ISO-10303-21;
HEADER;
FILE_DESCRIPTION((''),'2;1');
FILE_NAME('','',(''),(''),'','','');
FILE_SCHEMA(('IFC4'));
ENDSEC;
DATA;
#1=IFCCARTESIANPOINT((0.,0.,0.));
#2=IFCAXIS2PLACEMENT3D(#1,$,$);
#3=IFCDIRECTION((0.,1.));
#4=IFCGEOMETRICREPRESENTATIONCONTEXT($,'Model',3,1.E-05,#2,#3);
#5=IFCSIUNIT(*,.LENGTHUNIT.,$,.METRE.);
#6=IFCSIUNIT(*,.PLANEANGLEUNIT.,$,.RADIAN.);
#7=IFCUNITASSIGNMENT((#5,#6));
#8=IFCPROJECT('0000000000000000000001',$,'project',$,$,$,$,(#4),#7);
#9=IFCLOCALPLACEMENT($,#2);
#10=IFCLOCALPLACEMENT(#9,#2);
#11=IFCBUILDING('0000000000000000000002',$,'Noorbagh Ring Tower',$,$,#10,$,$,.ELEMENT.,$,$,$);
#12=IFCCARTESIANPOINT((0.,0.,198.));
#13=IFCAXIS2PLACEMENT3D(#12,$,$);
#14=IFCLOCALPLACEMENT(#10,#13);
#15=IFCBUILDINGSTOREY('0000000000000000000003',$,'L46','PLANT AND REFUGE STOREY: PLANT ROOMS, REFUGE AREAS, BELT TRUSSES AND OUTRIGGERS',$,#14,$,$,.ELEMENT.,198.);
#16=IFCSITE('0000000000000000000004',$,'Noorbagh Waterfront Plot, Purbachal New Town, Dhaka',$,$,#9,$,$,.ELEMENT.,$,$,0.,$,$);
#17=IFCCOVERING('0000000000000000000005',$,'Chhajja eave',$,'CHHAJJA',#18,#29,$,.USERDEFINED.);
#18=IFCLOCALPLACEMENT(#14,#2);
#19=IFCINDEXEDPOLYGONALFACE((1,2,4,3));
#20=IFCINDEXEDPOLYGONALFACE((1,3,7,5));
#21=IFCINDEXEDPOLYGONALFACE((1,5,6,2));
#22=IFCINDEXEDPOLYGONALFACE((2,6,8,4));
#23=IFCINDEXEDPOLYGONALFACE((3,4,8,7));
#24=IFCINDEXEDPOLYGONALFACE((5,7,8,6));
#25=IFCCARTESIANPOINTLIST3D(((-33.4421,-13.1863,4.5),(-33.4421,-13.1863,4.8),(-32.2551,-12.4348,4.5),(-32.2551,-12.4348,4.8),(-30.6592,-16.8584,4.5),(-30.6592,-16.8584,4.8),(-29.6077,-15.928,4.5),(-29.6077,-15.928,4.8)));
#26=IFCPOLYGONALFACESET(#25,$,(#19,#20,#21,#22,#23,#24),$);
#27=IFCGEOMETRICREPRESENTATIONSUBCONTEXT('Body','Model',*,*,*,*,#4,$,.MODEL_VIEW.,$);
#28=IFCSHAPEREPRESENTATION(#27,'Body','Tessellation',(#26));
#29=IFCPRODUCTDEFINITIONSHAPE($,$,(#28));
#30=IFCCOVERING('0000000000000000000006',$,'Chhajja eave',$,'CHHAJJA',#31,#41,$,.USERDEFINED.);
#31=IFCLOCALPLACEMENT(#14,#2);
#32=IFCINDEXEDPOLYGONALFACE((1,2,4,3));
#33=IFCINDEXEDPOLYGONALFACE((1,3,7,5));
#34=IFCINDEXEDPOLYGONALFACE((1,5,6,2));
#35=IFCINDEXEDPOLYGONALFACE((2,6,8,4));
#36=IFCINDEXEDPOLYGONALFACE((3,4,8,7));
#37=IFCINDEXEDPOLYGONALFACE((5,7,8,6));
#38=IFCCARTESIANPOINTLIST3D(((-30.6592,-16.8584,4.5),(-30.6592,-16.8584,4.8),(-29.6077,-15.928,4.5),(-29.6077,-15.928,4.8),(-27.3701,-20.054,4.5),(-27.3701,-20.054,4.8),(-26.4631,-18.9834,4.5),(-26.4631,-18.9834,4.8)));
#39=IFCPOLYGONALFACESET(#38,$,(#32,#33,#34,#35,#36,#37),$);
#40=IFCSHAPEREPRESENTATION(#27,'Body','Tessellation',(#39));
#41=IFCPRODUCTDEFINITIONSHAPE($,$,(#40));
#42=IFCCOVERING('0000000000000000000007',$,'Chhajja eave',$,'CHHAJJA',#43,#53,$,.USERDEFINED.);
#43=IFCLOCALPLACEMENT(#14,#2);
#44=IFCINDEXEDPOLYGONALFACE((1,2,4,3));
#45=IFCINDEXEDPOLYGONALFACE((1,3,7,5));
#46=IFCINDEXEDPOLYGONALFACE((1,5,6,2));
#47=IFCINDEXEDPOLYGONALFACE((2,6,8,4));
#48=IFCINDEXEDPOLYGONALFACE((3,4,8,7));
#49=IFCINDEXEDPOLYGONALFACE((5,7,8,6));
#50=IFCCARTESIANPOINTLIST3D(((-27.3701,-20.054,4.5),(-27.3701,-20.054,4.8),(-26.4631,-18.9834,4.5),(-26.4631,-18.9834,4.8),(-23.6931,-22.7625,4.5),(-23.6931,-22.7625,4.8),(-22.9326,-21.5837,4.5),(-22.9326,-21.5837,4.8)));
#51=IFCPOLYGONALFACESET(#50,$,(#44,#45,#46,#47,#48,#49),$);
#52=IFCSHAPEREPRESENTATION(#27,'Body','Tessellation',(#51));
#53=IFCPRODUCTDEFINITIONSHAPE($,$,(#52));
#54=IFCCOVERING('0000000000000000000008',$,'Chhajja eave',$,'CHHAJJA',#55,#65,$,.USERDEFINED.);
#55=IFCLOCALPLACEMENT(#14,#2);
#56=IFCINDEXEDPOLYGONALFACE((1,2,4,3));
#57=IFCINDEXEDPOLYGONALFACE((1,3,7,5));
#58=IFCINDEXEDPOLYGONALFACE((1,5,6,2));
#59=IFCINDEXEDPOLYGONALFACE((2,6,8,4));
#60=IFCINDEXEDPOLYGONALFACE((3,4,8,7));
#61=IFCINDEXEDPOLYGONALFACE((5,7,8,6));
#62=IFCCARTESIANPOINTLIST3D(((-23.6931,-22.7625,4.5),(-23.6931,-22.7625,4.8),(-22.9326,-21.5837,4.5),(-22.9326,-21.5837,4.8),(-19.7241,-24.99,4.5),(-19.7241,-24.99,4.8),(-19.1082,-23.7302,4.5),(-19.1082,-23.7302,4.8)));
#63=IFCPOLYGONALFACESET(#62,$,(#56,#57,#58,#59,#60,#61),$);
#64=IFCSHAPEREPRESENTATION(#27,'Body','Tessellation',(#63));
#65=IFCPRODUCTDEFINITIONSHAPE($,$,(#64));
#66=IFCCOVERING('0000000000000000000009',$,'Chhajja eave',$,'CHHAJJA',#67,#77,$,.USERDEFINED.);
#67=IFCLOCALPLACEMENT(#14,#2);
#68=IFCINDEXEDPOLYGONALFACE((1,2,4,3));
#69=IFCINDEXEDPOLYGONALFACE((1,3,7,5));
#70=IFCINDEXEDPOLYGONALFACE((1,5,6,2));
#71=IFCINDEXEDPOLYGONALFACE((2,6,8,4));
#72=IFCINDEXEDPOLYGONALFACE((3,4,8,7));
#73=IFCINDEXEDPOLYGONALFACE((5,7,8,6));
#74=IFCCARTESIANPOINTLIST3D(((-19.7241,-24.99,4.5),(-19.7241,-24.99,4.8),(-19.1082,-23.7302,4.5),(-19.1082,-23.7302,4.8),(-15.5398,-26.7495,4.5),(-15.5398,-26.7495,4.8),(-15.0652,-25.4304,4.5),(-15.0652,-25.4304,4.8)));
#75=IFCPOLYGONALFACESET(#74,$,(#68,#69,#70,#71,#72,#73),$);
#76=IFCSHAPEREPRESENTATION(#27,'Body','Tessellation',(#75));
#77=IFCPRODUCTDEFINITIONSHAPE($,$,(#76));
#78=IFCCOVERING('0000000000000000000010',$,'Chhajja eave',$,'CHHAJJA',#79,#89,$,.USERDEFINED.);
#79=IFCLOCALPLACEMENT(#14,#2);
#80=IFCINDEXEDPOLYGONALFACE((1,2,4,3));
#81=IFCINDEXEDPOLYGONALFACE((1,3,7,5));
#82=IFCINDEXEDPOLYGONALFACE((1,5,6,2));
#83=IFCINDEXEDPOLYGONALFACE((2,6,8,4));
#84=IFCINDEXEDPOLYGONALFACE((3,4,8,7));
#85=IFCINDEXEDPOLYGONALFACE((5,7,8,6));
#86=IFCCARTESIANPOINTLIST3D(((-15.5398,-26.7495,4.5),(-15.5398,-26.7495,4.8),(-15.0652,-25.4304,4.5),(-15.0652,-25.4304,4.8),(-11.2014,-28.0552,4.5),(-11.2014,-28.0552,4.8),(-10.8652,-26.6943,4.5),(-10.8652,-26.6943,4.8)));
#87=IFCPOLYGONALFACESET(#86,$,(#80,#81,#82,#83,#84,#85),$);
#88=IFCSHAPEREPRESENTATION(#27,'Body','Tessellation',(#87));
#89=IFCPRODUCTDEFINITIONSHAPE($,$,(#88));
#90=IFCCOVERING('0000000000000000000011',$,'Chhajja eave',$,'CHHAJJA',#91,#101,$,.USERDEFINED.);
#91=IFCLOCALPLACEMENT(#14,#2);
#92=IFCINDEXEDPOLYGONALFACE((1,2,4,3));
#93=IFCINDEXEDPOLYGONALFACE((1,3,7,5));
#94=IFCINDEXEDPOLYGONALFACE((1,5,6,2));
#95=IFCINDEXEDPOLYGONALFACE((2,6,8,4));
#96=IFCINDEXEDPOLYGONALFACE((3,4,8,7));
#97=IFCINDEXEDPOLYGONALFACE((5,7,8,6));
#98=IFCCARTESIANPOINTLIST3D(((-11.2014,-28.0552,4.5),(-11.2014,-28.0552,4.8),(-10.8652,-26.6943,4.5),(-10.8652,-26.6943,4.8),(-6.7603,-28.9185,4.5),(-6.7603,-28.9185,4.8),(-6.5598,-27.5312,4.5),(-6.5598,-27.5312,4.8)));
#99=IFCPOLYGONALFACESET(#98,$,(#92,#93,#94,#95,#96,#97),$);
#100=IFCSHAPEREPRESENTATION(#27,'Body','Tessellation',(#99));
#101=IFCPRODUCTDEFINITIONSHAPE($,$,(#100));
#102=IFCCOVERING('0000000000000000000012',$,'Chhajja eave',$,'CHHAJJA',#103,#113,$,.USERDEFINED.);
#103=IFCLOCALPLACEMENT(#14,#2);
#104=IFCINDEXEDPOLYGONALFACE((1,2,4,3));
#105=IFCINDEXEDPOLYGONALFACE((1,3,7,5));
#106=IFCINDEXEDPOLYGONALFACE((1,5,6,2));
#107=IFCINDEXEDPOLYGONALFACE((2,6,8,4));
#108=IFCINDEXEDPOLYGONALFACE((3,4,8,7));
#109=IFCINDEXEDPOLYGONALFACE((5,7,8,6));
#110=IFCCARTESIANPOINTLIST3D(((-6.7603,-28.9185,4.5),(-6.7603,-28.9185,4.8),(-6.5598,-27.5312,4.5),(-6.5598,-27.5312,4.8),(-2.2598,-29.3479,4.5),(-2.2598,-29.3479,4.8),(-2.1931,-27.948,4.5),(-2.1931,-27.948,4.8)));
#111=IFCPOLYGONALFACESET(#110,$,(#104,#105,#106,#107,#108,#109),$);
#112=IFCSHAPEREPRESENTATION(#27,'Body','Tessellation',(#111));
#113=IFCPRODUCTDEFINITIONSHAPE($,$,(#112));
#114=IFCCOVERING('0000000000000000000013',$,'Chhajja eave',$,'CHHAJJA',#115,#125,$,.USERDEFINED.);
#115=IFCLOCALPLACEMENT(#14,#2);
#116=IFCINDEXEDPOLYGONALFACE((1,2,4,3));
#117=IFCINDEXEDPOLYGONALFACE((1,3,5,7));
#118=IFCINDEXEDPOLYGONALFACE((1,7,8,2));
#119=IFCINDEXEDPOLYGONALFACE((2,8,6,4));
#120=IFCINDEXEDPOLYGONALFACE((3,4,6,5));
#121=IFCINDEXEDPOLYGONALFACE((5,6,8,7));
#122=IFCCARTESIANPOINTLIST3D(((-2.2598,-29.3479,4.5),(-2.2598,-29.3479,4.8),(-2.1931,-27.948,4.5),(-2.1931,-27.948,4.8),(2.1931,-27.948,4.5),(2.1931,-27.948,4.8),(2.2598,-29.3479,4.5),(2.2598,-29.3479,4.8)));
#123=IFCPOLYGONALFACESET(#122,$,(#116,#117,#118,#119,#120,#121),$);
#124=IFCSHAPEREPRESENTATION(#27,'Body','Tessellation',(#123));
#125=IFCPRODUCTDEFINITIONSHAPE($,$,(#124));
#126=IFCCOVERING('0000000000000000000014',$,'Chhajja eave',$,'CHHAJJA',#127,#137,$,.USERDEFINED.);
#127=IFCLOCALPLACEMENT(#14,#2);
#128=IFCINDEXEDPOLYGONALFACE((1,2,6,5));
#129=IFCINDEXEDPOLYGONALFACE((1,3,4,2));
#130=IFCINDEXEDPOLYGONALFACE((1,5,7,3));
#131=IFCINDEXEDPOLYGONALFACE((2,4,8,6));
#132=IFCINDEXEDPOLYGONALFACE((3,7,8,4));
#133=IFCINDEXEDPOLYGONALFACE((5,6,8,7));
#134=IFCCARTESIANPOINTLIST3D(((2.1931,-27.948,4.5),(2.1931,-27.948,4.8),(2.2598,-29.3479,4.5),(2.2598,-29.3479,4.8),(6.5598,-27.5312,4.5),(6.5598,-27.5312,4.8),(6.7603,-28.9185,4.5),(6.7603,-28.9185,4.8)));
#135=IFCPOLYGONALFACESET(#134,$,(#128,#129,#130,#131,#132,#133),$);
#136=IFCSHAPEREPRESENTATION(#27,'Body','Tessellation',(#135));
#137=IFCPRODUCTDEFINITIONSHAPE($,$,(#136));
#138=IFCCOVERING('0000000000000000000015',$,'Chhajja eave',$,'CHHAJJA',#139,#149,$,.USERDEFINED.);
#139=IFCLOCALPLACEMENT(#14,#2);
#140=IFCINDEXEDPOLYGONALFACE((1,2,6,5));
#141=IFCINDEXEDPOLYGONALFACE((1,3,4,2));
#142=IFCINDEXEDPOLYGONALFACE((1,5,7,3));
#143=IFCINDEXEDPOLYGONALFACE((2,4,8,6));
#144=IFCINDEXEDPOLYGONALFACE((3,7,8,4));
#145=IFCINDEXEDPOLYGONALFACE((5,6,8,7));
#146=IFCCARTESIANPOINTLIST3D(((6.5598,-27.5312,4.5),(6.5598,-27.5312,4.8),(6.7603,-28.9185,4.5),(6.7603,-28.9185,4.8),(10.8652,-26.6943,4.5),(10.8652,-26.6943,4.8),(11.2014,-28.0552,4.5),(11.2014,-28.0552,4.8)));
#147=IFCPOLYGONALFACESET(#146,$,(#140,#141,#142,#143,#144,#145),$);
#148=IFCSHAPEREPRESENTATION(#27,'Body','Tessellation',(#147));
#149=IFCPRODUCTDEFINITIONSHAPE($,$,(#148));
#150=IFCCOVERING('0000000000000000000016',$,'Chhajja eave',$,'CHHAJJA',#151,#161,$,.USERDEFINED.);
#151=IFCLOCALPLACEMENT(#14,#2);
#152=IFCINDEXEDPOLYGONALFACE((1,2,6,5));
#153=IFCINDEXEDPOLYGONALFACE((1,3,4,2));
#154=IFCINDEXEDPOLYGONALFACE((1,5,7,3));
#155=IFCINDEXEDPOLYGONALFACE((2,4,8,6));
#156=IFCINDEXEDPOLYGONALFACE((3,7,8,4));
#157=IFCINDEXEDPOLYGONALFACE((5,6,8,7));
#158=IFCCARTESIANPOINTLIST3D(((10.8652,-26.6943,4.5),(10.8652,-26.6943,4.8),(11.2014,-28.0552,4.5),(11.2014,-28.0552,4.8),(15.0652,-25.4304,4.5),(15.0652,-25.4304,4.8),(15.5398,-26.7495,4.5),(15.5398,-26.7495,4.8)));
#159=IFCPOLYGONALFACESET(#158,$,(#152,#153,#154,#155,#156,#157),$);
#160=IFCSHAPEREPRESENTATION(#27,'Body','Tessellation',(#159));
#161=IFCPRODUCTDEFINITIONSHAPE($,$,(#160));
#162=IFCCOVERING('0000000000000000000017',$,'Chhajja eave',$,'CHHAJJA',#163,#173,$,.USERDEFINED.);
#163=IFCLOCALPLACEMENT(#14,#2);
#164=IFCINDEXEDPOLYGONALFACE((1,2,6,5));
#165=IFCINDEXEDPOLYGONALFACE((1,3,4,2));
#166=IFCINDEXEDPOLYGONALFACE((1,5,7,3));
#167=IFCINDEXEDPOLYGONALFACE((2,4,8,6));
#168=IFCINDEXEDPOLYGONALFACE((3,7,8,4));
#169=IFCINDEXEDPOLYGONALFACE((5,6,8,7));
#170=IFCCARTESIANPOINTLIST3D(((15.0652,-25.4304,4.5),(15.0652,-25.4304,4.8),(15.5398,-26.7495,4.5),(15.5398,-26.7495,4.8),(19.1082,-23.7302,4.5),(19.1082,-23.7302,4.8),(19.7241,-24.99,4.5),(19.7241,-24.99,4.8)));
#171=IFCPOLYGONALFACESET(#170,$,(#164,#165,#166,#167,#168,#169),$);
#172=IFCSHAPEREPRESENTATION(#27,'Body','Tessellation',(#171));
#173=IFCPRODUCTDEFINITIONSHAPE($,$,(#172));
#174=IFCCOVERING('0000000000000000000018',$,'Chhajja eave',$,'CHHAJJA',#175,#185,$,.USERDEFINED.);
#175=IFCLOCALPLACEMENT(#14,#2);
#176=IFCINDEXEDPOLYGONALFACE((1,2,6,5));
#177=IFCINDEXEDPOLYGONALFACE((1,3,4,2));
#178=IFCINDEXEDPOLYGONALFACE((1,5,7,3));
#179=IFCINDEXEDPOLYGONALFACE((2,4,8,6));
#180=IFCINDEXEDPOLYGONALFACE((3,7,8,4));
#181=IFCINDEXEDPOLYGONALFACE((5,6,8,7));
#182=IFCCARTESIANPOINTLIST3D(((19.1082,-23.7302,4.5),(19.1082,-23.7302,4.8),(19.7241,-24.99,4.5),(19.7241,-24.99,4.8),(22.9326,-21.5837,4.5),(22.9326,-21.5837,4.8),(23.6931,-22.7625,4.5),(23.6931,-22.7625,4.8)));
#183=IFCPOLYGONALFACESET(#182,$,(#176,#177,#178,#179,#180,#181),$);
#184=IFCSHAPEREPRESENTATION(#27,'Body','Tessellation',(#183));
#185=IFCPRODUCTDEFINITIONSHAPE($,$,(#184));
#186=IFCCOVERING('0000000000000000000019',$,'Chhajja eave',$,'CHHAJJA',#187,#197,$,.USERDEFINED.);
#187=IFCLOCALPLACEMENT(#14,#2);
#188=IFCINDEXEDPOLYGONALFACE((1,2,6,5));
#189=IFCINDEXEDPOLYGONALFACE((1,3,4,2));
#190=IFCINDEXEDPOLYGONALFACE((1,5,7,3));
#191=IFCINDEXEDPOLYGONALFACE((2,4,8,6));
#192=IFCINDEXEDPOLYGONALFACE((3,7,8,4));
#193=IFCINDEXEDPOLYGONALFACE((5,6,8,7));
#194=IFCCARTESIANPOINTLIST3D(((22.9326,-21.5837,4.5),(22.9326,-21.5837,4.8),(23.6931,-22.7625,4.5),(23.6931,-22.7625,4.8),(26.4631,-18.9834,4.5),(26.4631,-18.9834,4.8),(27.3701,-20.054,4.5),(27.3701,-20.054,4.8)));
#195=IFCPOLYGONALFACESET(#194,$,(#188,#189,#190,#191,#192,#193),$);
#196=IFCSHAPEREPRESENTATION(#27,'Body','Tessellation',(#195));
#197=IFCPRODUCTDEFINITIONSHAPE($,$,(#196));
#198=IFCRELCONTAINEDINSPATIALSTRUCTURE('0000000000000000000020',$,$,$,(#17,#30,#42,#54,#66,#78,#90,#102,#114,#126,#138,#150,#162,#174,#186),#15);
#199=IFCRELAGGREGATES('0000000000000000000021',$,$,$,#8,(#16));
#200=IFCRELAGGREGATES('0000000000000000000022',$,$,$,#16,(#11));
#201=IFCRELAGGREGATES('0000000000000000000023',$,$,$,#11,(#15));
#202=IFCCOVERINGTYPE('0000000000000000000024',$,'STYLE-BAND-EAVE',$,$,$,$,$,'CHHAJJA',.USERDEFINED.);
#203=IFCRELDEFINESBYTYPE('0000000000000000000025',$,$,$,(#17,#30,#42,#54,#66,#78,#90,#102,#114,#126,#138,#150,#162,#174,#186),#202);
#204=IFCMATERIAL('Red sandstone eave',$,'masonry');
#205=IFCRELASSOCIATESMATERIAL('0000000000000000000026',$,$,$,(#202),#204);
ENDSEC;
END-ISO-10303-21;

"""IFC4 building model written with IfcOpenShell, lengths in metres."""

from ifc_helpers import new_model, si_unit, direction, frame, origin, place, context, subcontext, project, spatial, polyline, outline, extrude, material, type_object, element, save


model = new_model("IFC4")

# Units and contexts
model_context = context("Model", 3, precision=1e-05, world=origin(), true_north=direction((0.0, 1.0)))
body_context = subcontext(model_context, "Body", "Model", "MODEL_VIEW")
ifc_project = project(units=[si_unit("LENGTHUNIT", "METRE"), si_unit("PLANEANGLEUNIT", "RADIAN")], contexts=[model_context])

# Site, building, storey
site_placement = place(None, origin())
site = spatial("IfcSite", under=ifc_project, at=site_placement, Name="Noorbagh Waterfront Plot, Purbachal New Town, Dhaka", CompositionType="ELEMENT", RefElevation=0.0)
building_placement = place(site_placement, origin())
building = spatial("IfcBuilding", under=site, at=building_placement, Name="Noorbagh Ring Tower", CompositionType="ELEMENT")
storey_placement = place(building_placement, frame((0.0, 0.0, 198.0)))
storey = spatial("IfcBuildingStorey", under=building, at=storey_placement, Name="L46", Description="PLANT AND REFUGE STOREY: PLANT ROOMS, REFUGE AREAS, BELT TRUSSES AND OUTRIGGERS", CompositionType="ELEMENT", Elevation=198.0)

# Coverings
ifc_material_1 = material(Name="Red sandstone eave", Category="masonry")
covering_type_1 = type_object("IfcCoveringType", Name="STYLE-BAND-EAVE", ElementType="CHHAJJA", PredefinedType="USERDEFINED", material=ifc_material_1)
covering_1_placement = place(storey_placement, frame((0.0, 0.0, 4.5)))
element("IfcCovering", 1, at=covering_1_placement, inside=storey, type_object=covering_type_1, Name="Chhajja eave", ObjectType="CHHAJJA", PredefinedType="USERDEFINED", context=body_context, shape_type="SweptSolid", body=[
    extrude(outline(polyline([(-32.2551, -12.4348), (-29.6077, -15.928), (-30.6592, -16.8584), (-33.4421, -13.1863), (-32.2551, -12.4348)])), origin(), (0.0, 0.0, 1.0), 0.3),
])
covering_2_placement = place(storey_placement, frame((0.0, 0.0, 4.5)))
element("IfcCovering", 2, at=covering_2_placement, inside=storey, type_object=covering_type_1, Name="Chhajja eave", ObjectType="CHHAJJA", PredefinedType="USERDEFINED", context=body_context, shape_type="SweptSolid", body=[
    extrude(outline(polyline([(-29.6077, -15.928), (-26.4631, -18.9834), (-27.3701, -20.054), (-30.6592, -16.8584), (-29.6077, -15.928)])), origin(), (0.0, 0.0, 1.0), 0.3),
])
covering_3_placement = place(storey_placement, frame((0.0, 0.0, 4.5)))
element("IfcCovering", 3, at=covering_3_placement, inside=storey, type_object=covering_type_1, Name="Chhajja eave", ObjectType="CHHAJJA", PredefinedType="USERDEFINED", context=body_context, shape_type="SweptSolid", body=[
    extrude(outline(polyline([(-26.4631, -18.9834), (-22.9326, -21.5837), (-23.6931, -22.7625), (-27.3701, -20.054), (-26.4631, -18.9834)])), origin(), (0.0, 0.0, 1.0), 0.3),
])
covering_4_placement = place(storey_placement, frame((0.0, 0.0, 4.5)))
element("IfcCovering", 4, at=covering_4_placement, inside=storey, type_object=covering_type_1, Name="Chhajja eave", ObjectType="CHHAJJA", PredefinedType="USERDEFINED", context=body_context, shape_type="SweptSolid", body=[
    extrude(outline(polyline([(-22.9326, -21.5837), (-19.1082, -23.7302), (-19.7241, -24.99), (-23.6931, -22.7625), (-22.9326, -21.5837)])), origin(), (0.0, 0.0, 1.0), 0.3),
])
covering_5_placement = place(storey_placement, frame((0.0, 0.0, 4.5)))
element("IfcCovering", 5, at=covering_5_placement, inside=storey, type_object=covering_type_1, Name="Chhajja eave", ObjectType="CHHAJJA", PredefinedType="USERDEFINED", context=body_context, shape_type="SweptSolid", body=[
    extrude(outline(polyline([(-19.1082, -23.7302), (-15.0652, -25.4304), (-15.5398, -26.7495), (-19.7241, -24.99), (-19.1082, -23.7302)])), origin(), (0.0, 0.0, 1.0), 0.3),
])
covering_6_placement = place(storey_placement, frame((0.0, 0.0, 4.5)))
element("IfcCovering", 6, at=covering_6_placement, inside=storey, type_object=covering_type_1, Name="Chhajja eave", ObjectType="CHHAJJA", PredefinedType="USERDEFINED", context=body_context, shape_type="SweptSolid", body=[
    extrude(outline(polyline([(-15.0652, -25.4304), (-10.8652, -26.6943), (-11.2014, -28.0552), (-15.5398, -26.7495), (-15.0652, -25.4304)])), origin(), (0.0, 0.0, 1.0), 0.3),
])
covering_7_placement = place(storey_placement, frame((0.0, 0.0, 4.5)))
element("IfcCovering", 7, at=covering_7_placement, inside=storey, type_object=covering_type_1, Name="Chhajja eave", ObjectType="CHHAJJA", PredefinedType="USERDEFINED", context=body_context, shape_type="SweptSolid", body=[
    extrude(outline(polyline([(-10.8652, -26.6943), (-6.5598, -27.5312), (-6.7603, -28.9185), (-11.2014, -28.0552), (-10.8652, -26.6943)])), origin(), (0.0, 0.0, 1.0), 0.3),
])
covering_8_placement = place(storey_placement, frame((0.0, 0.0, 4.5)))
element("IfcCovering", 8, at=covering_8_placement, inside=storey, type_object=covering_type_1, Name="Chhajja eave", ObjectType="CHHAJJA", PredefinedType="USERDEFINED", context=body_context, shape_type="SweptSolid", body=[
    extrude(outline(polyline([(-6.5598, -27.5312), (-2.1931, -27.948), (-2.2598, -29.3479), (-6.7603, -28.9185), (-6.5598, -27.5312)])), origin(), (0.0, 0.0, 1.0), 0.3),
])
covering_9_placement = place(storey_placement, frame((0.0, 0.0, 4.5)))
element("IfcCovering", 9, at=covering_9_placement, inside=storey, type_object=covering_type_1, Name="Chhajja eave", ObjectType="CHHAJJA", PredefinedType="USERDEFINED", context=body_context, shape_type="SweptSolid", body=[
    extrude(outline(polyline([(-2.1931, -27.948), (2.1931, -27.948), (2.2598, -29.3479), (-2.2598, -29.3479), (-2.1931, -27.948)])), origin(), (0.0, 0.0, 1.0), 0.3),
])
covering_10_placement = place(storey_placement, frame((0.0, 0.0, 4.5)))
element("IfcCovering", 10, at=covering_10_placement, inside=storey, type_object=covering_type_1, Name="Chhajja eave", ObjectType="CHHAJJA", PredefinedType="USERDEFINED", context=body_context, shape_type="SweptSolid", body=[
    extrude(outline(polyline([(2.1931, -27.948), (6.5598, -27.5312), (6.7603, -28.9185), (2.2598, -29.3479), (2.1931, -27.948)])), origin(), (0.0, 0.0, 1.0), 0.3),
])
covering_11_placement = place(storey_placement, frame((0.0, 0.0, 4.5)))
element("IfcCovering", 11, at=covering_11_placement, inside=storey, type_object=covering_type_1, Name="Chhajja eave", ObjectType="CHHAJJA", PredefinedType="USERDEFINED", context=body_context, shape_type="SweptSolid", body=[
    extrude(outline(polyline([(6.5598, -27.5312), (10.8652, -26.6943), (11.2014, -28.0552), (6.7603, -28.9185), (6.5598, -27.5312)])), origin(), (0.0, 0.0, 1.0), 0.3),
])
covering_12_placement = place(storey_placement, frame((0.0, 0.0, 4.5)))
element("IfcCovering", 12, at=covering_12_placement, inside=storey, type_object=covering_type_1, Name="Chhajja eave", ObjectType="CHHAJJA", PredefinedType="USERDEFINED", context=body_context, shape_type="SweptSolid", body=[
    extrude(outline(polyline([(10.8652, -26.6943), (15.0652, -25.4304), (15.5398, -26.7495), (11.2014, -28.0552), (10.8652, -26.6943)])), origin(), (0.0, 0.0, 1.0), 0.3),
])
covering_13_placement = place(storey_placement, frame((0.0, 0.0, 4.5)))
element("IfcCovering", 13, at=covering_13_placement, inside=storey, type_object=covering_type_1, Name="Chhajja eave", ObjectType="CHHAJJA", PredefinedType="USERDEFINED", context=body_context, shape_type="SweptSolid", body=[
    extrude(outline(polyline([(15.0652, -25.4304), (19.1082, -23.7302), (19.7241, -24.99), (15.5398, -26.7495), (15.0652, -25.4304)])), origin(), (0.0, 0.0, 1.0), 0.3),
])
covering_14_placement = place(storey_placement, frame((0.0, 0.0, 4.5)))
element("IfcCovering", 14, at=covering_14_placement, inside=storey, type_object=covering_type_1, Name="Chhajja eave", ObjectType="CHHAJJA", PredefinedType="USERDEFINED", context=body_context, shape_type="SweptSolid", body=[
    extrude(outline(polyline([(19.1082, -23.7302), (22.9326, -21.5837), (23.6931, -22.7625), (19.7241, -24.99), (19.1082, -23.7302)])), origin(), (0.0, 0.0, 1.0), 0.3),
])
covering_15_placement = place(storey_placement, frame((0.0, 0.0, 4.5)))
element("IfcCovering", 15, at=covering_15_placement, inside=storey, type_object=covering_type_1, Name="Chhajja eave", ObjectType="CHHAJJA", PredefinedType="USERDEFINED", context=body_context, shape_type="SweptSolid", body=[
    extrude(outline(polyline([(22.9326, -21.5837), (26.4631, -18.9834), (27.3701, -20.054), (23.6931, -22.7625), (22.9326, -21.5837)])), origin(), (0.0, 0.0, 1.0), 0.3),
])

save(model, "model.ifc")
